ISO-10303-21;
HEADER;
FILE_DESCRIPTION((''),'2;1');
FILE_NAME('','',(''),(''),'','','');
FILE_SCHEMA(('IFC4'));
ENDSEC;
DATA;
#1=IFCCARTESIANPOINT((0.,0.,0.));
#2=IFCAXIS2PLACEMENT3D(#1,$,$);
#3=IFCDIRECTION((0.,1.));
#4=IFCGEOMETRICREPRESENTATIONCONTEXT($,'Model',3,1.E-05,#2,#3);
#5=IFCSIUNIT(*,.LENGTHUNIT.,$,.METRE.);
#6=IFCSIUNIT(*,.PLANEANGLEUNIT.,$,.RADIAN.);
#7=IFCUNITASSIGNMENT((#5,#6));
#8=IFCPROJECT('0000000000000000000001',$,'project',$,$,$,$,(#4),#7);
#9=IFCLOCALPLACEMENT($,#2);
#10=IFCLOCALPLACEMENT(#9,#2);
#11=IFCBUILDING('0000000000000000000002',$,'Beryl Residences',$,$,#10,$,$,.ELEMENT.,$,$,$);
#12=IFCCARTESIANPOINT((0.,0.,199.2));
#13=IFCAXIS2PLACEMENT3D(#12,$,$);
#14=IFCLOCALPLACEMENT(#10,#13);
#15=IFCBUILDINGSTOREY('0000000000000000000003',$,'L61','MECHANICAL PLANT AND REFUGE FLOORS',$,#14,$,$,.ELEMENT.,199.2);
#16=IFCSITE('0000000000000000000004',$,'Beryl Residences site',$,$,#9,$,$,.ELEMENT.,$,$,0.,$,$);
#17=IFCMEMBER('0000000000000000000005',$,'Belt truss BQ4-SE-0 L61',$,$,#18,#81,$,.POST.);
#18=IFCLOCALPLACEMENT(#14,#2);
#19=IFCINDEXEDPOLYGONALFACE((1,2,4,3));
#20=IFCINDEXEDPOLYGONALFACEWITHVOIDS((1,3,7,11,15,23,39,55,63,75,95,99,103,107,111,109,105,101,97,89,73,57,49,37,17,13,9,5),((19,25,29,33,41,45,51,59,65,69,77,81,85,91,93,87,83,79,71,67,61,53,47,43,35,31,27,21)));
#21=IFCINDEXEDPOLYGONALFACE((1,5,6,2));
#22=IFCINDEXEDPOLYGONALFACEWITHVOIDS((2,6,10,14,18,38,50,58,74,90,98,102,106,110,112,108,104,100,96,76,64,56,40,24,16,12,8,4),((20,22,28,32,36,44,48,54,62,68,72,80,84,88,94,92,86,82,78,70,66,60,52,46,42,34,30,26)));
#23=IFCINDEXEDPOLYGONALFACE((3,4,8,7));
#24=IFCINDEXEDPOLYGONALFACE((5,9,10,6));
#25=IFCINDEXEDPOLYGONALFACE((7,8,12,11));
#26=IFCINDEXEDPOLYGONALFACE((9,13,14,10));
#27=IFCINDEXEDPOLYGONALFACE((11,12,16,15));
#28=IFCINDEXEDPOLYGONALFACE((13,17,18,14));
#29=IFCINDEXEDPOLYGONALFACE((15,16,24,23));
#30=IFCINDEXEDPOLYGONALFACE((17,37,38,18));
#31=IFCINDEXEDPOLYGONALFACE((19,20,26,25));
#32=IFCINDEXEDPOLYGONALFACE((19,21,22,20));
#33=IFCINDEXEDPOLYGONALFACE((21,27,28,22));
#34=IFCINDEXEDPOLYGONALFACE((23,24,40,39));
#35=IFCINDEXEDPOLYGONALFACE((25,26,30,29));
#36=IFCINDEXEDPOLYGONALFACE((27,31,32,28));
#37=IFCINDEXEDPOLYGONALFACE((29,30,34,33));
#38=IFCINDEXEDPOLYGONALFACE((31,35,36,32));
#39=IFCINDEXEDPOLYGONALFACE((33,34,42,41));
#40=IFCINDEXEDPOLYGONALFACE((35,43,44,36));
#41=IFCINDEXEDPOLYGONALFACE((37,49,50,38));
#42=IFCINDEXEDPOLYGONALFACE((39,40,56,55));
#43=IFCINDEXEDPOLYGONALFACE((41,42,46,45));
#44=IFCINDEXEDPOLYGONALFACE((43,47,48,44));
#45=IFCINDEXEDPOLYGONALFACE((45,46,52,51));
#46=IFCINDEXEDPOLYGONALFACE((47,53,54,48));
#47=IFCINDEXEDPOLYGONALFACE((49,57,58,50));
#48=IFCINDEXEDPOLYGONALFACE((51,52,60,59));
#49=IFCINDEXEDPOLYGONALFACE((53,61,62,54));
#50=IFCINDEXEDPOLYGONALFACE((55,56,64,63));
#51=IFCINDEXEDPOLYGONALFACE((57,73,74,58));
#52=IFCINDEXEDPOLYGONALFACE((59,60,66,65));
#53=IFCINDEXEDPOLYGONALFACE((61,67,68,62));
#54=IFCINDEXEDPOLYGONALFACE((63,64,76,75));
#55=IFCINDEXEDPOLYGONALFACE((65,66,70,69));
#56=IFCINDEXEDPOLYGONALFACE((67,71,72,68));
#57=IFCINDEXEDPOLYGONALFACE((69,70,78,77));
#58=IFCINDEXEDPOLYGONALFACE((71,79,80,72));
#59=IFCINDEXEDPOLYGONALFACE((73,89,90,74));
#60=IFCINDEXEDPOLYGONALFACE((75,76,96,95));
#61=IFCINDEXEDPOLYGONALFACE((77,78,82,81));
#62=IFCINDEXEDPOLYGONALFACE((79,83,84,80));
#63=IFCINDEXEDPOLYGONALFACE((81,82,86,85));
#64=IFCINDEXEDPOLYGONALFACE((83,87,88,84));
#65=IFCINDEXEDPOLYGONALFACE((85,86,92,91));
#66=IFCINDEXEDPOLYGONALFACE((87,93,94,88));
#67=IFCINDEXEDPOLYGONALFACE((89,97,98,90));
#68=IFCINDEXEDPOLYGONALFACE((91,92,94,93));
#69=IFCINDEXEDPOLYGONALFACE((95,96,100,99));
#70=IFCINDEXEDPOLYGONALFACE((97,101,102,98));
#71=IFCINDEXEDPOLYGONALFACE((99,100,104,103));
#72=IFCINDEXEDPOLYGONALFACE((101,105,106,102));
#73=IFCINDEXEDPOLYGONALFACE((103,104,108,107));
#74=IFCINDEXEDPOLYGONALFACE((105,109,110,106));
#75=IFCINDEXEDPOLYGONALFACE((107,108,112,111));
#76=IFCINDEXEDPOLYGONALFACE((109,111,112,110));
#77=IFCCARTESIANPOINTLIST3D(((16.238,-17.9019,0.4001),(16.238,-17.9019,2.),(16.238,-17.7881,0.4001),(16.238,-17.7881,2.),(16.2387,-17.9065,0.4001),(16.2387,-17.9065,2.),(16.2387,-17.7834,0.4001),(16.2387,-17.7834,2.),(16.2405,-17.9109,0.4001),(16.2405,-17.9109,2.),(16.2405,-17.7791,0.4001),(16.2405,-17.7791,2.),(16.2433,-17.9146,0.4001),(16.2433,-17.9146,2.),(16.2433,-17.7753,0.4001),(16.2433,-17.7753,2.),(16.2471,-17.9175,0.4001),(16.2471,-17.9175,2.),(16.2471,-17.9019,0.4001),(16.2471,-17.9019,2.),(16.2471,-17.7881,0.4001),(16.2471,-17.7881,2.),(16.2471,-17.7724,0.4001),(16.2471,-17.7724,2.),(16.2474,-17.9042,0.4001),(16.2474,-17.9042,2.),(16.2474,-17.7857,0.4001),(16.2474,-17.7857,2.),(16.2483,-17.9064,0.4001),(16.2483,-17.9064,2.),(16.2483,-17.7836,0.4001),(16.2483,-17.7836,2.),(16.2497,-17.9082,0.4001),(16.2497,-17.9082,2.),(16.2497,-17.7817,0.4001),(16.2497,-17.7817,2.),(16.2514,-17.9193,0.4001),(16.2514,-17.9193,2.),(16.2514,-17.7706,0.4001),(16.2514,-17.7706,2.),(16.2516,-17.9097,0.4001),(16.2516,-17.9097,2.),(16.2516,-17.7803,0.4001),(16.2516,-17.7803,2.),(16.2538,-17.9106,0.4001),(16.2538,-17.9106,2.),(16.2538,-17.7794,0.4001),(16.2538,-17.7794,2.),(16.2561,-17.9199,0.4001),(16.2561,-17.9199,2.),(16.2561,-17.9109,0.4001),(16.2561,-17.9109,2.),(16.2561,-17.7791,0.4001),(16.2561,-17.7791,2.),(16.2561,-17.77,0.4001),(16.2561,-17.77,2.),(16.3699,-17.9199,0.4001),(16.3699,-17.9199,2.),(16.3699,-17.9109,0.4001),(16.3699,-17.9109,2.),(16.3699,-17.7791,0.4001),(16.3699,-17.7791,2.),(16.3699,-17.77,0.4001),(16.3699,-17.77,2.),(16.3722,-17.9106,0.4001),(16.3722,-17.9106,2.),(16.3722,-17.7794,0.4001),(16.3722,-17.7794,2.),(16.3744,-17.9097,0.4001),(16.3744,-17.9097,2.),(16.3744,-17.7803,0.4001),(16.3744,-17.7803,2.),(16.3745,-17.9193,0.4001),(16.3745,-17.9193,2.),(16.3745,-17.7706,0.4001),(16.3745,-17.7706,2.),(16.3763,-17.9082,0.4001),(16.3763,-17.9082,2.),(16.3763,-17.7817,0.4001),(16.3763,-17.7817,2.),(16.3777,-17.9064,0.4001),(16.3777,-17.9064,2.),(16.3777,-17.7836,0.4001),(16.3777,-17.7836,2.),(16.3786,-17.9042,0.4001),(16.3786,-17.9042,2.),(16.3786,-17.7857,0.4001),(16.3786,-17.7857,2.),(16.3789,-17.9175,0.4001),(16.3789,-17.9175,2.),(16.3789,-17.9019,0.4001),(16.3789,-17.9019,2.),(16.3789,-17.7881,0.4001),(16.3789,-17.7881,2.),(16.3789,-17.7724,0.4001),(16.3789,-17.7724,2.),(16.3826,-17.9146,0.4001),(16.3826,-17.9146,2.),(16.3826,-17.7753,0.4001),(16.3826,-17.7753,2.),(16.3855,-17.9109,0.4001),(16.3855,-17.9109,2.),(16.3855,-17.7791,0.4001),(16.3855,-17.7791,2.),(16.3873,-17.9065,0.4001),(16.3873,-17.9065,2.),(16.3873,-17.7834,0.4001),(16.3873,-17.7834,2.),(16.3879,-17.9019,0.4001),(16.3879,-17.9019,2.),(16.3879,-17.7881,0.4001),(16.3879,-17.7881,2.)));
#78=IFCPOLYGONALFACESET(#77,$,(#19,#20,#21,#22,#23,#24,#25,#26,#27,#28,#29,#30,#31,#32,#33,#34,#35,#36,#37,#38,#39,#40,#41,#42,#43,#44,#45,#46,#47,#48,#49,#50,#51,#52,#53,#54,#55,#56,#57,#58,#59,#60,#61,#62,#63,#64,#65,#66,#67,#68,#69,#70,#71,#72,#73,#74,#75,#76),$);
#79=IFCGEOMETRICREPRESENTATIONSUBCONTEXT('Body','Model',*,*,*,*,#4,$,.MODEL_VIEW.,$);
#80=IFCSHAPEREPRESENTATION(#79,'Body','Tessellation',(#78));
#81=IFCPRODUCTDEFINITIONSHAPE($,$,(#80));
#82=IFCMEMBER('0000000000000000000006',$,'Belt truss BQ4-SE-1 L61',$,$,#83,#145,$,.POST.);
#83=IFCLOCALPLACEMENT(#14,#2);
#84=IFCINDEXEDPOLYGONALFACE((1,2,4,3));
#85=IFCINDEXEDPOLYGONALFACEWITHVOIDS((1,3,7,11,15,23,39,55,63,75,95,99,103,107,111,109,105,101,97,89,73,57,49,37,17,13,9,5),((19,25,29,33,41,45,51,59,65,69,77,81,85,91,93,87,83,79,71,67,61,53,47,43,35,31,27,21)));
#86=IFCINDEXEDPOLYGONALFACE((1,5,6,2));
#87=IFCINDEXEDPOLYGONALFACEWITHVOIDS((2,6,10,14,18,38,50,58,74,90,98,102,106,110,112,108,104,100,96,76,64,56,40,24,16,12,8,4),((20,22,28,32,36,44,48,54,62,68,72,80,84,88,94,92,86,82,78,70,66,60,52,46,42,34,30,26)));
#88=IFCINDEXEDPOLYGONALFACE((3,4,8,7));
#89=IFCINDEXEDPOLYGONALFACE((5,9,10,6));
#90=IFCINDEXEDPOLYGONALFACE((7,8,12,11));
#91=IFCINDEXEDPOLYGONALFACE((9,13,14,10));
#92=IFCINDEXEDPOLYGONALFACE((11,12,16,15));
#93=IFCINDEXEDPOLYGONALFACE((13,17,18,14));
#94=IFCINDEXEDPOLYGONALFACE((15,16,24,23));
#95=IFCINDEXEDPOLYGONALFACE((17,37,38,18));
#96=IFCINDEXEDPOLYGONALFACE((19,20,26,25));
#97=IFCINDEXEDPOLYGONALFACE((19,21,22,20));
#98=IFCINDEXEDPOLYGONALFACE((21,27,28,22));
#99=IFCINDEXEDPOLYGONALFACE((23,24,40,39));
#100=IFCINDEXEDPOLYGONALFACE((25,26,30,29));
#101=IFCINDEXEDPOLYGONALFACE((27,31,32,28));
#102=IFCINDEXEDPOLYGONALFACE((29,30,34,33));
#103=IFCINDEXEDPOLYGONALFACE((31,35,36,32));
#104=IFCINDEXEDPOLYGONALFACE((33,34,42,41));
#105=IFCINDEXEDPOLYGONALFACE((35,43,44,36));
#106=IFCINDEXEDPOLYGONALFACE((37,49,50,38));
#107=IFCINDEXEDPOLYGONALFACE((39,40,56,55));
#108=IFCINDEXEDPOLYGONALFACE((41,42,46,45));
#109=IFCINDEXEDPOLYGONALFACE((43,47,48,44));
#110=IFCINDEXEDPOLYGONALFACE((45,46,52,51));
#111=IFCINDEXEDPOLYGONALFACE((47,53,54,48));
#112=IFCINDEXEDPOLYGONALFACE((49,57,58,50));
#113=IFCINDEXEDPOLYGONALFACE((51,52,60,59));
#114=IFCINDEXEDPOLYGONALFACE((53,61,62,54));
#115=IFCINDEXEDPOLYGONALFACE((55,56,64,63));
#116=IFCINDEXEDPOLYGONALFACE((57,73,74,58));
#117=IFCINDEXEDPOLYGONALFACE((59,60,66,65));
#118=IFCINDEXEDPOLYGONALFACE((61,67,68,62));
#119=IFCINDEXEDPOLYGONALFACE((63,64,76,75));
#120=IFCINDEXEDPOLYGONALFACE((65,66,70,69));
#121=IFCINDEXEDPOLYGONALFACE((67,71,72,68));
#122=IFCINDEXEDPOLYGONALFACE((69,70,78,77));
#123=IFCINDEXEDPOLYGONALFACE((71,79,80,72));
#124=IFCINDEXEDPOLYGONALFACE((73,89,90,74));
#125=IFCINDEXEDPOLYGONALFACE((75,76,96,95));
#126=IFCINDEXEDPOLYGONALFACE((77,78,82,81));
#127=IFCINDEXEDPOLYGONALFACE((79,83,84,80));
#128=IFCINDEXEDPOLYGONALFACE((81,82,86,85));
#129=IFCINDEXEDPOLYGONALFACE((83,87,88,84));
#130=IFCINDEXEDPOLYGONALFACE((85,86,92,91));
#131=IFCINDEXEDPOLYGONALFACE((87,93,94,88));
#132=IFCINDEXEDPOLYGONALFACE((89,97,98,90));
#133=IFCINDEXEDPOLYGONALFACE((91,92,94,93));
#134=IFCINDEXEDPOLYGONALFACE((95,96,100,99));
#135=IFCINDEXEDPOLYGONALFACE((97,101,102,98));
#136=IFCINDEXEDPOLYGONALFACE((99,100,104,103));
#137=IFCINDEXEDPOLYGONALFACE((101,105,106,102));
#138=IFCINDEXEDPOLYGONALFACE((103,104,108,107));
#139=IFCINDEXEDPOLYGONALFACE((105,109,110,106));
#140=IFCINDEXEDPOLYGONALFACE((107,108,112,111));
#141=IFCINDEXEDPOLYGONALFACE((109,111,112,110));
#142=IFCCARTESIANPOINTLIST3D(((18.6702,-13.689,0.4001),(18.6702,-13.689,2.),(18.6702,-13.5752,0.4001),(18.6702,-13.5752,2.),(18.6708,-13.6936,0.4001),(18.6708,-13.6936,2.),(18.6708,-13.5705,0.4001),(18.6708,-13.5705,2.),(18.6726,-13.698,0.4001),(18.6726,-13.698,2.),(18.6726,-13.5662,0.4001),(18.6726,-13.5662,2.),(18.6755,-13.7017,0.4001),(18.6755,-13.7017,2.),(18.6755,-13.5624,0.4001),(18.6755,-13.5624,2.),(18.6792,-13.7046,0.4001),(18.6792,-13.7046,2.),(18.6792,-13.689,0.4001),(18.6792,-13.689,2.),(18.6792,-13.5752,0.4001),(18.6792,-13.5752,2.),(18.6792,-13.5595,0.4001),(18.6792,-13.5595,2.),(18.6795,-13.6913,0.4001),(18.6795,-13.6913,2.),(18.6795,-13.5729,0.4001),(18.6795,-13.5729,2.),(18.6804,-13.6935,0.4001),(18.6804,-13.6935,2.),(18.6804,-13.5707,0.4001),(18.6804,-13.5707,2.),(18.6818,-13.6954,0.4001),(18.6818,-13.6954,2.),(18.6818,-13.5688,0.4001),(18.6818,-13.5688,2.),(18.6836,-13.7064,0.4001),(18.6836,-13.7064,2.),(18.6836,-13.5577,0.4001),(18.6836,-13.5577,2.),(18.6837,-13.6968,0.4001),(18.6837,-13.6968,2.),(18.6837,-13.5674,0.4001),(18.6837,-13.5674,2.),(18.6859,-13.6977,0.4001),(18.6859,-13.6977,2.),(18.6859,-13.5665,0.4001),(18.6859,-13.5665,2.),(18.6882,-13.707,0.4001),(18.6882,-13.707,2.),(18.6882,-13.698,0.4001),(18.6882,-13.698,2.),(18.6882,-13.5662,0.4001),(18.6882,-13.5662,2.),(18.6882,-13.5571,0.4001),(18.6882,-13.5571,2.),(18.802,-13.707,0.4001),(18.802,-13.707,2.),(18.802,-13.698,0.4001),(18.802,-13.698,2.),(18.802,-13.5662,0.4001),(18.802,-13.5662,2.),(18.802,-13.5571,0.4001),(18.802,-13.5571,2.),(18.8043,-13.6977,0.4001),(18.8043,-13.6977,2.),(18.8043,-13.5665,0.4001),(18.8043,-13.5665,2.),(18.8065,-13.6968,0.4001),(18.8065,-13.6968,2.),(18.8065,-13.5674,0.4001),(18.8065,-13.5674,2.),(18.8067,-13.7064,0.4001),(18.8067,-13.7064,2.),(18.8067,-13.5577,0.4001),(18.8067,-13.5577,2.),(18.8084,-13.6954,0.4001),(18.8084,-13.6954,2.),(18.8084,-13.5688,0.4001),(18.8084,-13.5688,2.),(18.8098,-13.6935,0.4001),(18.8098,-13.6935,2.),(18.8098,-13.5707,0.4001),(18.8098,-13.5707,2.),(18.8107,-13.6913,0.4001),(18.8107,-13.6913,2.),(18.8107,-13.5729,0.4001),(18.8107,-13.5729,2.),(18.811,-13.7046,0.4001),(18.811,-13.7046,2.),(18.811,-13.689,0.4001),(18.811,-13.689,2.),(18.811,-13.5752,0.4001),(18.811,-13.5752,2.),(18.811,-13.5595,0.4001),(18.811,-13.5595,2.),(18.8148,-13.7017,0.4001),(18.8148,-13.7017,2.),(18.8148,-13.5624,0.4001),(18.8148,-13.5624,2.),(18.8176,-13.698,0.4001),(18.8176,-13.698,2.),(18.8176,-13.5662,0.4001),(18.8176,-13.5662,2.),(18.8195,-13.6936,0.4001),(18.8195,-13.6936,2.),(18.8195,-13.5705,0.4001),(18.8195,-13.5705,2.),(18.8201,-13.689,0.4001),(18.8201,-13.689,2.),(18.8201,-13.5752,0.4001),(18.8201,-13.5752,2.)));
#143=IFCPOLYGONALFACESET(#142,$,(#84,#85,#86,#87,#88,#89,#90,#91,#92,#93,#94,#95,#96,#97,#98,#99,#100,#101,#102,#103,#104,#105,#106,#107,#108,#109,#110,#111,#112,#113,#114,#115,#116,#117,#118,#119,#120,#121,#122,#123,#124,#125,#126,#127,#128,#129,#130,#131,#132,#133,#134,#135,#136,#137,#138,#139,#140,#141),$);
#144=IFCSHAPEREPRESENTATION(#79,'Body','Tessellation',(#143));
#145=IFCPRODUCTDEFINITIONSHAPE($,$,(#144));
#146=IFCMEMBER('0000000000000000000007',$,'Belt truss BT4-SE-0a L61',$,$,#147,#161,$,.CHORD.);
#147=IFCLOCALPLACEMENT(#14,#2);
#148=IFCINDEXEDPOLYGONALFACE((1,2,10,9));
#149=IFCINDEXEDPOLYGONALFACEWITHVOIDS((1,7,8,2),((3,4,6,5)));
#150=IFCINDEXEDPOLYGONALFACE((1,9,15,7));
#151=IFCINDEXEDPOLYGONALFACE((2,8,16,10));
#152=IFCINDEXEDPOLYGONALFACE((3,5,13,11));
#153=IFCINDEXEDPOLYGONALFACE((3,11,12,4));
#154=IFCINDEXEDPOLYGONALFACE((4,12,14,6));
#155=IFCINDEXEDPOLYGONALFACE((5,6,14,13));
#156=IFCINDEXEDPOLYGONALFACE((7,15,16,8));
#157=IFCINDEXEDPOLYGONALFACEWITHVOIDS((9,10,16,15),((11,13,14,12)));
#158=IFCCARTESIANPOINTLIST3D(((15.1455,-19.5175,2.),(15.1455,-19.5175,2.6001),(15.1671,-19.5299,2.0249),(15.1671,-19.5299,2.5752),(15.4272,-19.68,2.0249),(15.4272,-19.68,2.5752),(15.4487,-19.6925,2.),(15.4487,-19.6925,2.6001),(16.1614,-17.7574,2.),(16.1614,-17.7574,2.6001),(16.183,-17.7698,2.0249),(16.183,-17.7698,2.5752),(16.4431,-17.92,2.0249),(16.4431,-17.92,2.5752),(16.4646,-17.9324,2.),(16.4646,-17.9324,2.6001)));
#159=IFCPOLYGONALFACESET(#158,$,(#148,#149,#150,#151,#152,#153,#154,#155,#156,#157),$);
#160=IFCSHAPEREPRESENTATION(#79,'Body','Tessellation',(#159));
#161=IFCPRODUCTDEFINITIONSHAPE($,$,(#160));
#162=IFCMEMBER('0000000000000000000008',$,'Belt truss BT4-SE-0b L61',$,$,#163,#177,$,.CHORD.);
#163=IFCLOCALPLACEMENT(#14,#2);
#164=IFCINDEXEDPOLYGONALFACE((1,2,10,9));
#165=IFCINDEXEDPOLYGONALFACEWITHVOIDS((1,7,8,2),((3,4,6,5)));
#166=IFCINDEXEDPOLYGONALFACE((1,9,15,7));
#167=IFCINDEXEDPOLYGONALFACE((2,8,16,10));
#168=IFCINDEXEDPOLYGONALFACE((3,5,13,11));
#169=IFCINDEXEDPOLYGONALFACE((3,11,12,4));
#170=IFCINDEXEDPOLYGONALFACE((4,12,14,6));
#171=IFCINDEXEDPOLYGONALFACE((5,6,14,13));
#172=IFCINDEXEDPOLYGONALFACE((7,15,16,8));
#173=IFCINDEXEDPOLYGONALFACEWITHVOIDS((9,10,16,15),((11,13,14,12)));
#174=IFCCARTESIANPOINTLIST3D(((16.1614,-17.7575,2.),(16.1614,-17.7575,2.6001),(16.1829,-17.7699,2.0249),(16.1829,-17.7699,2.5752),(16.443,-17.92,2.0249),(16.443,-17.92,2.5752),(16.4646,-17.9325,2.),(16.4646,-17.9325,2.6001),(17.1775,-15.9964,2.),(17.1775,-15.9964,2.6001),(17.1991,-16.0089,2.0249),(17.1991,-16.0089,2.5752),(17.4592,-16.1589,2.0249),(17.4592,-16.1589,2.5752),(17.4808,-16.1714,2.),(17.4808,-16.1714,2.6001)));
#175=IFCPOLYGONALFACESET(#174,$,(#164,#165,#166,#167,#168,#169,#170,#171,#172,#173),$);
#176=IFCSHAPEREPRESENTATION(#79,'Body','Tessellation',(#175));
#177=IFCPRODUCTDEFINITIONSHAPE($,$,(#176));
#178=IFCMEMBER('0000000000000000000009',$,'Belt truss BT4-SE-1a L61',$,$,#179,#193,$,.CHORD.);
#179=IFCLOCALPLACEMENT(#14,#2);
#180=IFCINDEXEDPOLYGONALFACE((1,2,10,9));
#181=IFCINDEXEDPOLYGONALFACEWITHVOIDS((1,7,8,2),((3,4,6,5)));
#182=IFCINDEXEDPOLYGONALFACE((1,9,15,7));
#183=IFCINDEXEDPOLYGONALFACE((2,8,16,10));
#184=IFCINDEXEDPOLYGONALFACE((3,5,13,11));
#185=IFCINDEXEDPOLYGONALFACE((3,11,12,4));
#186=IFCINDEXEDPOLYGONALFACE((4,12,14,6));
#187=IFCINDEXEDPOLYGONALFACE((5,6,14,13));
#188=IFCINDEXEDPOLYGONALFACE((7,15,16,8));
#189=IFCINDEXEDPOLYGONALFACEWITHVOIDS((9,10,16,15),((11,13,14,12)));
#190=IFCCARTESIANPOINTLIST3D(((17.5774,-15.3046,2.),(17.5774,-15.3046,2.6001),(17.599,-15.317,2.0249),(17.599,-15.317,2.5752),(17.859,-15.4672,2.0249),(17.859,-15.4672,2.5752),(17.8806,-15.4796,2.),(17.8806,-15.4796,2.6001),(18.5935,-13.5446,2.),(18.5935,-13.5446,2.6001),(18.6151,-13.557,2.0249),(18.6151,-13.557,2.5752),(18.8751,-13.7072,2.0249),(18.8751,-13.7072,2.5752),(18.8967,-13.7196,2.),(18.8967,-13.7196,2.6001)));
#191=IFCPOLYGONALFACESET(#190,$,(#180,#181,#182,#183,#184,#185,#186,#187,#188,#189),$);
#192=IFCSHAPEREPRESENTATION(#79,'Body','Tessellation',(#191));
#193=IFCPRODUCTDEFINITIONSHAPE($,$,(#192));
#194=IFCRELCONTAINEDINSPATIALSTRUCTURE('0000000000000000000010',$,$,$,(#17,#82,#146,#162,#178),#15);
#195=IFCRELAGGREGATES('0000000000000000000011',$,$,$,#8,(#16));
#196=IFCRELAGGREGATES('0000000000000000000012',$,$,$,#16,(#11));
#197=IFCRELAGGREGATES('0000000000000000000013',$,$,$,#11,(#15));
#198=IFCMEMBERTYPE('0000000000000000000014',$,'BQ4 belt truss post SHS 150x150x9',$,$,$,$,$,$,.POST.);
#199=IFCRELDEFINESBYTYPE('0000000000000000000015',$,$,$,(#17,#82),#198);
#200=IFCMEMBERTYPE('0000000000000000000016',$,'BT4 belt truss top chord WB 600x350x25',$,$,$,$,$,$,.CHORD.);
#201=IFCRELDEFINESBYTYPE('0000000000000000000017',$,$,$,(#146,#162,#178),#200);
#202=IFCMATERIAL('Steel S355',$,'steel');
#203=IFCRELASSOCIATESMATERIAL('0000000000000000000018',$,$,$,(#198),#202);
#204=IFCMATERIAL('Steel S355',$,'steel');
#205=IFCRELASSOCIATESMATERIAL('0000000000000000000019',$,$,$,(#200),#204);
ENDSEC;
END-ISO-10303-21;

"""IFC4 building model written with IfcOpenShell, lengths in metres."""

from ifc_helpers import new_model, si_unit, direction, frame, origin, origin_2d, place, context, subcontext, project, spatial, hollow_rectangle, extrude, material, material_profile, profile_set, type_object, element, save


model = new_model("IFC4")

# Units and contexts
model_context = context("Model", 3, precision=1e-05, world=origin(), true_north=direction((0.0, 1.0)))
body_context = subcontext(model_context, "Body", "Model", "MODEL_VIEW")
ifc_project = project(units=[si_unit("LENGTHUNIT", "METRE"), si_unit("PLANEANGLEUNIT", "RADIAN")], contexts=[model_context])

# Site, building, storey
site_placement = place(None, origin())
site = spatial("IfcSite", under=ifc_project, at=site_placement, Name="Beryl Residences site", CompositionType="ELEMENT", RefElevation=0.0)
building_placement = place(site_placement, origin())
building = spatial("IfcBuilding", under=site, at=building_placement, Name="Beryl Residences", CompositionType="ELEMENT")
storey_placement = place(building_placement, frame((0.0, 0.0, 199.2)))
storey = spatial("IfcBuildingStorey", under=building, at=storey_placement, Name="L61", Description="MECHANICAL PLANT AND REFUGE FLOORS", CompositionType="ELEMENT", Elevation=199.2)

# Members
ifc_material_1 = material(Name="Steel S355", Category="steel")
ifc_material_profile_1 = material_profile(ifc_material_1, hollow_rectangle(XDim=0.1499, YDim=0.1499, WallThickness=0.009, InnerFilletRadius=0.009, OuterFilletRadius=0.0181, at=origin_2d()))
ifc_profile_set_1 = profile_set([ifc_material_profile_1], Name="Steel S355")
member_type_1 = type_object("IfcMemberType", Name="BQ4 belt truss post SHS 150x150x9", PredefinedType="POST", material=ifc_profile_set_1)
for number, where, z_axis, x_axis, name in (
    (1, (16.313, -17.845, 0.4001), (0.0, 0.0, 1.0), (1.0, 0.0, 0.0), "Belt truss BQ4-SE-0 L61"),
    (2, (18.7451, -13.6321, 0.4001), (0.0, 0.0, 1.0), (1.0, 0.0, 0.0), "Belt truss BQ4-SE-1 L61"),
):
    element("IfcMember", number, at=place(storey_placement, frame(where, z_axis=z_axis, x_axis=x_axis)), inside=storey, type_object=member_type_1, Name=name, PredefinedType="POST", context=body_context, shape_type="SweptSolid", body=[
        extrude(hollow_rectangle(XDim=0.1499, YDim=0.1499, WallThickness=0.009, InnerFilletRadius=0.009, OuterFilletRadius=0.0181, at=origin_2d()), origin(), (0.0, 0.0, 1.0), 1.5999),
    ])
ifc_material_2 = material(Name="Steel S355", Category="steel")
ifc_material_profile_2 = material_profile(ifc_material_2, hollow_rectangle(XDim=0.3501, YDim=0.6001, WallThickness=0.0249, at=origin_2d()))
ifc_profile_set_2 = profile_set([ifc_material_profile_2], Name="Steel S355")
member_type_2 = type_object("IfcMemberType", Name="BT4 belt truss top chord WB 600x350x25", PredefinedType="CHORD", material=ifc_profile_set_2)
member_1_placement = place(storey_placement, frame((15.2971, -19.605, 2.3), z_axis=(0.499899, 0.866084, 0.0), x_axis=(-0.866084, 0.499899, 0.0)))
element("IfcMember", 3, at=member_1_placement, inside=storey, type_object=member_type_2, Name="Belt truss BT4-SE-0a L61", PredefinedType="CHORD", context=body_context, shape_type="SweptSolid", body=[
    extrude(hollow_rectangle(XDim=0.3501, YDim=0.6001, WallThickness=0.0249, at=origin_2d()), origin(), (0.0, 0.0, 1.0), 2.0322),
])
member_2_placement = place(storey_placement, frame((16.313, -17.845, 2.3), z_axis=(0.499781, 0.866152, 0.0), x_axis=(-0.866152, 0.499781, 0.0)))
element("IfcMember", 4, at=member_2_placement, inside=storey, type_object=member_type_2, Name="Belt truss BT4-SE-0b L61", PredefinedType="CHORD", context=body_context, shape_type="SweptSolid", body=[
    extrude(hollow_rectangle(XDim=0.3501, YDim=0.6001, WallThickness=0.0249, at=origin_2d()), origin(), (0.0, 0.0, 1.0), 2.0332),
])
for number, where, z_axis, x_axis, name in (
    (5, (17.729, -15.3921, 2.3), (0.499989, 0.866032, 0.0), (-0.866032, 0.499989, 0.0), "Belt truss BT4-SE-1a L61"),
):
    element("IfcMember", number, at=place(storey_placement, frame(where, z_axis=z_axis, x_axis=x_axis)), inside=storey, type_object=member_type_2, Name=name, PredefinedType="CHORD", context=body_context, shape_type="SweptSolid", body=[
        extrude(hollow_rectangle(XDim=0.3501, YDim=0.6001, WallThickness=0.0249, at=origin_2d()), origin(), (0.0, 0.0, 1.0), 2.0322),
    ])

save(model, "model.ifc")
